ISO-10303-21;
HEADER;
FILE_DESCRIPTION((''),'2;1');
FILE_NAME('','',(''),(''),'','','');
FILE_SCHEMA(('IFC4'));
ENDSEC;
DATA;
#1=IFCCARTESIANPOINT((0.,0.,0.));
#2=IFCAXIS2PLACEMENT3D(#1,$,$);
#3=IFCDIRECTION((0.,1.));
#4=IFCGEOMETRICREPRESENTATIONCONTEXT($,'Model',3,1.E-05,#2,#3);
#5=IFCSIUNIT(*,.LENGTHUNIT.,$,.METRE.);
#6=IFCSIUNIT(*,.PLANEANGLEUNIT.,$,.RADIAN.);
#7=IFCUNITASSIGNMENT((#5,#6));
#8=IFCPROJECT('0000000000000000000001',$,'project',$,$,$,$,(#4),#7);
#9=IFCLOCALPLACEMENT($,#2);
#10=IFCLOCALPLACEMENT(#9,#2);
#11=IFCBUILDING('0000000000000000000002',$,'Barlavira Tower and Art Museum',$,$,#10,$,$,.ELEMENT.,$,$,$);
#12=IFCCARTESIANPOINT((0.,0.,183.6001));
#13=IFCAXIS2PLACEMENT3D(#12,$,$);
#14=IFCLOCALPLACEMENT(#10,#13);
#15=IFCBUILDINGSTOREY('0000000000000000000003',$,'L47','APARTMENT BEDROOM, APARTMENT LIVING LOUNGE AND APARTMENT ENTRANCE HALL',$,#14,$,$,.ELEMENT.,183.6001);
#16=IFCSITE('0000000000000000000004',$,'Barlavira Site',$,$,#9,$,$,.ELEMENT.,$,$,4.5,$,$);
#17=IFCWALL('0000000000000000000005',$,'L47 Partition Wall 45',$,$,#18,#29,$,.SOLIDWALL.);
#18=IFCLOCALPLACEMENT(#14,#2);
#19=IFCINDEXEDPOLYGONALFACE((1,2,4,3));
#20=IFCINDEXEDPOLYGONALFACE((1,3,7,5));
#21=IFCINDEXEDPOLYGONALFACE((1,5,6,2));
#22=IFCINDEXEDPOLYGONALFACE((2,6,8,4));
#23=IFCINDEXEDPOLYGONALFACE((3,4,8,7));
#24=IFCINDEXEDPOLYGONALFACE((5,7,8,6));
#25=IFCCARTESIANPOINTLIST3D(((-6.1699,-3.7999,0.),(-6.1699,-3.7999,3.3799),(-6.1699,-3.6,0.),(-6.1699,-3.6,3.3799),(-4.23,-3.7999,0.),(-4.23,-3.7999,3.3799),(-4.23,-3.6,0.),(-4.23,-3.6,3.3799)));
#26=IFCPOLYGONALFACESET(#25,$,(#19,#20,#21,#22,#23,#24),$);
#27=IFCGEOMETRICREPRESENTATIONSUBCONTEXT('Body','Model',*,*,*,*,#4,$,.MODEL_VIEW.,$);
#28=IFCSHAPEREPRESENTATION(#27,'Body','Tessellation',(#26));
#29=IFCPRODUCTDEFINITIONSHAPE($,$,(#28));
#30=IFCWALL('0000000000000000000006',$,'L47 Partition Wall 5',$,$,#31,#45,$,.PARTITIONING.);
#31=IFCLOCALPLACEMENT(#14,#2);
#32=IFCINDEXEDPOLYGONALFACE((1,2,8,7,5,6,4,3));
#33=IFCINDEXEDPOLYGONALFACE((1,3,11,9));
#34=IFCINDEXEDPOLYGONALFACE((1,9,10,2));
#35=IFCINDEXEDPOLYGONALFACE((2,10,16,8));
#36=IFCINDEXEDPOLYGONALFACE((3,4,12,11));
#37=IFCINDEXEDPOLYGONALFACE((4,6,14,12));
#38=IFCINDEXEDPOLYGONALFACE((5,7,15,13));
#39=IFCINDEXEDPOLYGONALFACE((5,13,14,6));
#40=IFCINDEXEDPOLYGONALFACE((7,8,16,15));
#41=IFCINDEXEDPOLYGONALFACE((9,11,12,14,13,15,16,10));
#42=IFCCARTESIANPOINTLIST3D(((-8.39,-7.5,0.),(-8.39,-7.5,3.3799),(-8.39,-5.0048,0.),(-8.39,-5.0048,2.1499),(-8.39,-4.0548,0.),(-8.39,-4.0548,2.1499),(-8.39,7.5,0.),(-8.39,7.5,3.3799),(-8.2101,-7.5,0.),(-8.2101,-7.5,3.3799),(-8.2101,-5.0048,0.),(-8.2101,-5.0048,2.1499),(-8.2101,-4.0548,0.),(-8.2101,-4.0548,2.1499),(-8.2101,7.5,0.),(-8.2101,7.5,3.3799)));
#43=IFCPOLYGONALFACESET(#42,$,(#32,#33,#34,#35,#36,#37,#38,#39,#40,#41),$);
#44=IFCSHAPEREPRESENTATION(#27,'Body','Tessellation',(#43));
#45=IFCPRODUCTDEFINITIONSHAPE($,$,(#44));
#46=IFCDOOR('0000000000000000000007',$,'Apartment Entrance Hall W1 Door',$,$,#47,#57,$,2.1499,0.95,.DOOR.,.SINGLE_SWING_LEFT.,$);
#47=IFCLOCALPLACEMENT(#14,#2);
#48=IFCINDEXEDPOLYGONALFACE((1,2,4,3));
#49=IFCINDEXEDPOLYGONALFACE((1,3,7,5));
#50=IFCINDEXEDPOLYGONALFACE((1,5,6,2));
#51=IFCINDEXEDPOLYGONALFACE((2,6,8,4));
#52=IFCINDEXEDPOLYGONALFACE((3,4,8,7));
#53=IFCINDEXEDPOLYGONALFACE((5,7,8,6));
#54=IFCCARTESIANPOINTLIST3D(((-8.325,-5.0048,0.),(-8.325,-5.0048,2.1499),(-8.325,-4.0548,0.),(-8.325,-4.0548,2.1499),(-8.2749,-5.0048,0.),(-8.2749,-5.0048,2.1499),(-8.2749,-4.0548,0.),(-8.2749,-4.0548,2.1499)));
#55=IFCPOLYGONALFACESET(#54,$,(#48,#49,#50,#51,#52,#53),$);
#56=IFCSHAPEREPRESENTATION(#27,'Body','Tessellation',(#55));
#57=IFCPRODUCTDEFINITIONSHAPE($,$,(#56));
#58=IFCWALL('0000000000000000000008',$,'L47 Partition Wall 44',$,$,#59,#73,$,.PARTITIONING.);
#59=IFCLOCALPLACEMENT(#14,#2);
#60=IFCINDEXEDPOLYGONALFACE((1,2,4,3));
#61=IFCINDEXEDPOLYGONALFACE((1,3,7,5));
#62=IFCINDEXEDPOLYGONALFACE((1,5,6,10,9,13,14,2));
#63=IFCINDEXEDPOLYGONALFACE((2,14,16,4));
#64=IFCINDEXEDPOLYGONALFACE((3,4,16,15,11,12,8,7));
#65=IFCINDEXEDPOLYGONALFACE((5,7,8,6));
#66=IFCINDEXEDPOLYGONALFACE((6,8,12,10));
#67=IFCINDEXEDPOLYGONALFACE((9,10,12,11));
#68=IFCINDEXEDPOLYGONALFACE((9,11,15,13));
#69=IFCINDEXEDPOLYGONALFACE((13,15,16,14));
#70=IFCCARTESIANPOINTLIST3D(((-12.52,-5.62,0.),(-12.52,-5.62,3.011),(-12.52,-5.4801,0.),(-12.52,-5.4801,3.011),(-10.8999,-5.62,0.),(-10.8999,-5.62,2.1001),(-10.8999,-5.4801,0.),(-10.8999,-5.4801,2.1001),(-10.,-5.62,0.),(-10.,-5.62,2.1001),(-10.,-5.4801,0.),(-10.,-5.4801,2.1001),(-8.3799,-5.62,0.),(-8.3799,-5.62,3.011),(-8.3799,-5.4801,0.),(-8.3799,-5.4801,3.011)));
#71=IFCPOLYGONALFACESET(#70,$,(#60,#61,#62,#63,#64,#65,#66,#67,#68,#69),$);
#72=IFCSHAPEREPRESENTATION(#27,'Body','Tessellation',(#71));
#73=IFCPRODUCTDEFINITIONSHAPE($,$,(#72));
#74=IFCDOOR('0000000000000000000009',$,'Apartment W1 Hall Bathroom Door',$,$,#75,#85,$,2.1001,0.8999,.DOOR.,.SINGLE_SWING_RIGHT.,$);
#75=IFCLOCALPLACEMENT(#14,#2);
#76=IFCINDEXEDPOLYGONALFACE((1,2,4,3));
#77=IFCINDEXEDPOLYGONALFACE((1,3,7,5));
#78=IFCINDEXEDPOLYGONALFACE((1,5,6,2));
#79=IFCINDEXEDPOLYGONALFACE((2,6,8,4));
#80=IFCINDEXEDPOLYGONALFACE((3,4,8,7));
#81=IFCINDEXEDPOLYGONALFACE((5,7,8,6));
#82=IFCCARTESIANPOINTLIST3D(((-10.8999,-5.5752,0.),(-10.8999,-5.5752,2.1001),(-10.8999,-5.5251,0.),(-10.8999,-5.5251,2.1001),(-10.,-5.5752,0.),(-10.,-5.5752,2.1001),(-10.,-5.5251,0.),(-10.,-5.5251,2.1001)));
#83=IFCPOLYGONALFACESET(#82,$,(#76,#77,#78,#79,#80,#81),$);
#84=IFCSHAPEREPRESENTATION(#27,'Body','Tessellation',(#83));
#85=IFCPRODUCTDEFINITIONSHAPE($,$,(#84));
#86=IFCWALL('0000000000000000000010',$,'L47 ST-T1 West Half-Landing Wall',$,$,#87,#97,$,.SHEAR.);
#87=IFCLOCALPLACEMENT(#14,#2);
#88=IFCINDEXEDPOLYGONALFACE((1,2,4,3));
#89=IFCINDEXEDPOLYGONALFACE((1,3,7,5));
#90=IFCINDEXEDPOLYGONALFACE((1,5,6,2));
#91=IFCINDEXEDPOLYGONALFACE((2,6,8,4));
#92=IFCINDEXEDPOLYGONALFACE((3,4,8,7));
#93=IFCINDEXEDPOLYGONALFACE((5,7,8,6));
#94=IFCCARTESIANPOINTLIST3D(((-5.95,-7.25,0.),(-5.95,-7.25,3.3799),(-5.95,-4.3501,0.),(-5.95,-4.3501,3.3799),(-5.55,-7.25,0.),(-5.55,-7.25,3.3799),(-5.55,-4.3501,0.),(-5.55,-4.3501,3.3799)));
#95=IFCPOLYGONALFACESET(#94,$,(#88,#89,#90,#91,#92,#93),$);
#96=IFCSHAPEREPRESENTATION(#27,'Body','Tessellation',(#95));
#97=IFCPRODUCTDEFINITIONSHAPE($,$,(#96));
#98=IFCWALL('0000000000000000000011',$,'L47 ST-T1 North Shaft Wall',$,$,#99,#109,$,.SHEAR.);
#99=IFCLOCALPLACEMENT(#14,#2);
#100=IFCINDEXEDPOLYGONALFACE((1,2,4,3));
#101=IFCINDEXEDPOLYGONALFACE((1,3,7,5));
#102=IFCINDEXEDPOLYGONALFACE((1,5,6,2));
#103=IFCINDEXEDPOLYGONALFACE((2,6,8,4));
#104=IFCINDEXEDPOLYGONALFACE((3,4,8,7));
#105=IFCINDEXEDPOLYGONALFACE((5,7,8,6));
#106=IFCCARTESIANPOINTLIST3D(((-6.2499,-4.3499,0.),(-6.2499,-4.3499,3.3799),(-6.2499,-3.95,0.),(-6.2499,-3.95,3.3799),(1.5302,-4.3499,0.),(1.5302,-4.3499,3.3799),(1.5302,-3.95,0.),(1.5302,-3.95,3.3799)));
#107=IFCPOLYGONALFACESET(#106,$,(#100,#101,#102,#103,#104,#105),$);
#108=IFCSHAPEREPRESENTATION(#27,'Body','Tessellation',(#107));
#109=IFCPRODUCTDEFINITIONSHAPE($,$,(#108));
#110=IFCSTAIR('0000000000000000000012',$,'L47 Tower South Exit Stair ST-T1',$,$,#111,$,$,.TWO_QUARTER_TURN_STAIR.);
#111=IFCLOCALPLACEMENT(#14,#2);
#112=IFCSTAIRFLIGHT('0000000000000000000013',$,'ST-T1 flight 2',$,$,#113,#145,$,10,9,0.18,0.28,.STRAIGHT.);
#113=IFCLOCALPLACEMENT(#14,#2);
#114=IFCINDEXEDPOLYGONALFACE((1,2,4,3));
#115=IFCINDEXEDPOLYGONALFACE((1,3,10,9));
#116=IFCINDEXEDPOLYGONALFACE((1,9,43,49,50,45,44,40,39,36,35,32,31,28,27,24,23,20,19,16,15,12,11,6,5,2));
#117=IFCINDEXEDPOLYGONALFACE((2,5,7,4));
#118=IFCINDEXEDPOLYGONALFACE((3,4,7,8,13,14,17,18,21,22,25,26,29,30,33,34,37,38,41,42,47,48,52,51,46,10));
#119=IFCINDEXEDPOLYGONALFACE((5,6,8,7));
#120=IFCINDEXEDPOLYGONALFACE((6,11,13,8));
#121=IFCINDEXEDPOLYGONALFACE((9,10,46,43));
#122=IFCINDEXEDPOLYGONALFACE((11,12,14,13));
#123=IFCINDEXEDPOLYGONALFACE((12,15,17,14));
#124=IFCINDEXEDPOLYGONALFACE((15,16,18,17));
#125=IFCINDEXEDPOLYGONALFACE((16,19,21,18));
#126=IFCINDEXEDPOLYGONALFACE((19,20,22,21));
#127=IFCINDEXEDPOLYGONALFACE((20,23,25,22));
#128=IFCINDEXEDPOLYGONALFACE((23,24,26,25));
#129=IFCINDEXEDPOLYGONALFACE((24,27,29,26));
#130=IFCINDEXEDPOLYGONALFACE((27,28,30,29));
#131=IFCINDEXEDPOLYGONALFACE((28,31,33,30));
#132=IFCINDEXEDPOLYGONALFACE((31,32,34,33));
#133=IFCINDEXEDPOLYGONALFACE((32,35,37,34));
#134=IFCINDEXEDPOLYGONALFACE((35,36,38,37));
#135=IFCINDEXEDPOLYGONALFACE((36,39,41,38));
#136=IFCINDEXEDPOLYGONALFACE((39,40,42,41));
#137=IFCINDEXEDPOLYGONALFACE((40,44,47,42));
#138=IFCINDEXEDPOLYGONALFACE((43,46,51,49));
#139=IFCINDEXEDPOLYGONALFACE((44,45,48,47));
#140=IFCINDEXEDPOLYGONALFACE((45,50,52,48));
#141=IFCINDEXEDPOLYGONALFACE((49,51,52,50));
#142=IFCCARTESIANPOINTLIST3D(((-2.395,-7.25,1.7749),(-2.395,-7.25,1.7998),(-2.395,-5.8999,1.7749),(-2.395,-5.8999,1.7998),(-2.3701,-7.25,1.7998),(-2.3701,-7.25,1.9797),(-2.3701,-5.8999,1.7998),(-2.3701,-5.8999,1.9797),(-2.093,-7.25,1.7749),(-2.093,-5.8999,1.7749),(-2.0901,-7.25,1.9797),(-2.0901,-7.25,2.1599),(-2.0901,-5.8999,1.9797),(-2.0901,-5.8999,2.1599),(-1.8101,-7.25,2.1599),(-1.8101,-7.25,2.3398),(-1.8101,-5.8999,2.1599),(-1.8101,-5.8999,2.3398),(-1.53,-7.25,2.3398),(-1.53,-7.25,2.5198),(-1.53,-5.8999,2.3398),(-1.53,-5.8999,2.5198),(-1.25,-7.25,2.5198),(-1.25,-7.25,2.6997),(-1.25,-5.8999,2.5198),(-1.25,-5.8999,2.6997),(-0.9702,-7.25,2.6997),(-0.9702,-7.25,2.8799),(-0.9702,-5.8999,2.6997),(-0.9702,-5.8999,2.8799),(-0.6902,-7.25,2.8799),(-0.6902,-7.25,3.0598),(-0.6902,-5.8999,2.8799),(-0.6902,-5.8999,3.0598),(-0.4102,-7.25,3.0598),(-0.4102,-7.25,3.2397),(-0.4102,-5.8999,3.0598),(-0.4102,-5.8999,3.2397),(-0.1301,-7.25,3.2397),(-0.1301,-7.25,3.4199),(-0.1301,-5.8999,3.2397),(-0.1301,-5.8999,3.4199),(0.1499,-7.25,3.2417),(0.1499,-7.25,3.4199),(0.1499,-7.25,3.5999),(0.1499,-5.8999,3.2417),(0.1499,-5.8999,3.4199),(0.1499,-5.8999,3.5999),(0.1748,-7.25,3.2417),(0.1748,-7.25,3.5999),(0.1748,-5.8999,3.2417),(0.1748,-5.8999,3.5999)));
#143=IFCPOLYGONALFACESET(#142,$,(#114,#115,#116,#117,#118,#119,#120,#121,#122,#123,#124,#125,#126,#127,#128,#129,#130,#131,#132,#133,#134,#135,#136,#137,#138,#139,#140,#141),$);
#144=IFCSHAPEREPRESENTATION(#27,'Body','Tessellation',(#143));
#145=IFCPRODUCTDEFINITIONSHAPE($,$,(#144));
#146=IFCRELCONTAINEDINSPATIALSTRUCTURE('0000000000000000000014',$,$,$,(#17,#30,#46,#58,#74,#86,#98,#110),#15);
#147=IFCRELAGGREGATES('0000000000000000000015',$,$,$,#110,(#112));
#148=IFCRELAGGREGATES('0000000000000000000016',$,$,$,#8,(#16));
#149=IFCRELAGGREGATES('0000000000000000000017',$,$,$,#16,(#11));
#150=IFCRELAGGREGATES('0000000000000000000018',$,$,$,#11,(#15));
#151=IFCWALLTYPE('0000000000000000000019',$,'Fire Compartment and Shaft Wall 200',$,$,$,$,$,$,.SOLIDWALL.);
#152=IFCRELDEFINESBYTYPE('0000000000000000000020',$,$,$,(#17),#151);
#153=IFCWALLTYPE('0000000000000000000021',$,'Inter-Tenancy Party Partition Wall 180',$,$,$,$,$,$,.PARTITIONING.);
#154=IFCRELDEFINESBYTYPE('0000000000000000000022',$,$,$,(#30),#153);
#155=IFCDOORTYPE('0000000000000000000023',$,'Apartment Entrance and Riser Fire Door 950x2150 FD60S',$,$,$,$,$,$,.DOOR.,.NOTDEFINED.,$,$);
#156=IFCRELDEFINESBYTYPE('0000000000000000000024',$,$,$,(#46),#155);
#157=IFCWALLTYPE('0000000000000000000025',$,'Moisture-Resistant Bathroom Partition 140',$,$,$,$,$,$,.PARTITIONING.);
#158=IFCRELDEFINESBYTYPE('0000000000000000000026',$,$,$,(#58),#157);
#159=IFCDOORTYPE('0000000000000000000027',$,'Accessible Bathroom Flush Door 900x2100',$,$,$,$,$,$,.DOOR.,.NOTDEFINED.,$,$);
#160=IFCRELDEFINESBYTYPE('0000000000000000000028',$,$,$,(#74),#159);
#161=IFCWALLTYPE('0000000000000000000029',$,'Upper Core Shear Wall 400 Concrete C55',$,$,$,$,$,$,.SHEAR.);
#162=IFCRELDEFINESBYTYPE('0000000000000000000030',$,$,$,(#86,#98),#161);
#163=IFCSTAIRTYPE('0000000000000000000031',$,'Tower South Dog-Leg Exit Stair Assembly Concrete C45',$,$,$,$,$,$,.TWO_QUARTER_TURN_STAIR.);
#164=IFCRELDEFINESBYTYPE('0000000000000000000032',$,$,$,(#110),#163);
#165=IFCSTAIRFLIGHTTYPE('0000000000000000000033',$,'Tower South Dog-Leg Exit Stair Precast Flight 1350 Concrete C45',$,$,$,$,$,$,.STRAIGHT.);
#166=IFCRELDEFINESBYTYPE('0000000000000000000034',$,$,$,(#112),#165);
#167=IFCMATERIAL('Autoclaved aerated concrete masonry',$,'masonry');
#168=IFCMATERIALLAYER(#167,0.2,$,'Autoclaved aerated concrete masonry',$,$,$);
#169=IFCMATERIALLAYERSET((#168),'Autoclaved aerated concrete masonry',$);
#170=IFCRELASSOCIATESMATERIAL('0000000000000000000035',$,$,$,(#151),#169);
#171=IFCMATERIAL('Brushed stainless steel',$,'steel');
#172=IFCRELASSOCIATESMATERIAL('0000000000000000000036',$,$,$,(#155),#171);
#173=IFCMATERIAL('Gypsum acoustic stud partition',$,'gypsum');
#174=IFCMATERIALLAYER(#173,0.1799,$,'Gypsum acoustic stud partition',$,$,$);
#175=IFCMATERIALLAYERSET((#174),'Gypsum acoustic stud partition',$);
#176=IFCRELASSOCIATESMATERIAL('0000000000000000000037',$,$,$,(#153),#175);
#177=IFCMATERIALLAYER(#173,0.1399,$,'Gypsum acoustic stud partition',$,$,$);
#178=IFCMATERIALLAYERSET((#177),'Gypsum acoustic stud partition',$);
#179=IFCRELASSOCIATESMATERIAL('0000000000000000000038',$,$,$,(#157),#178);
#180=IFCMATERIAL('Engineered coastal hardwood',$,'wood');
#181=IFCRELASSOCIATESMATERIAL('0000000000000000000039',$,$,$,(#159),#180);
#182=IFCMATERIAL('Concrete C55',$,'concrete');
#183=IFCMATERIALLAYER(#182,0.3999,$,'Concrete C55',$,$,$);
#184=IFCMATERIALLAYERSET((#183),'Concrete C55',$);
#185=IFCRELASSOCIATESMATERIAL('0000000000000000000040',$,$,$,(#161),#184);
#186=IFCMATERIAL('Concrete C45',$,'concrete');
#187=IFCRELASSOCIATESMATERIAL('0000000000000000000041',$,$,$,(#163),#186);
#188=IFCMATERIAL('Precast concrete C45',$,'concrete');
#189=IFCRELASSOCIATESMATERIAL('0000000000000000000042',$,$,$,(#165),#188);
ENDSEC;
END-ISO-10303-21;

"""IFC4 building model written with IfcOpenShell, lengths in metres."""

from ifc_helpers import new_model, si_unit, direction, frame, frame_2d, origin, place, context, subcontext, project, spatial, polyline, rectangle, outline, extrude, material, layer, layer_set, type_object, element, fill, aggregate, save


model = new_model("IFC4")

# Units and contexts
model_context = context("Model", 3, precision=1e-05, world=origin(), true_north=direction((0.0, 1.0)))
body_context = subcontext(model_context, "Body", "Model", "MODEL_VIEW")
ifc_project = project(units=[si_unit("LENGTHUNIT", "METRE"), si_unit("PLANEANGLEUNIT", "RADIAN")], contexts=[model_context])

# Site, building, storey
site_placement = place(None, origin())
site = spatial("IfcSite", under=ifc_project, at=site_placement, Name="Barlavira Site", CompositionType="ELEMENT", RefElevation=4.5)
building_placement = place(site_placement, origin())
building = spatial("IfcBuilding", under=site, at=building_placement, Name="Barlavira Tower and Art Museum", CompositionType="ELEMENT")
storey_placement = place(building_placement, frame((0.0, 0.0, 183.6001)))
storey = spatial("IfcBuildingStorey", under=building, at=storey_placement, Name="L47", Description="APARTMENT BEDROOM, APARTMENT LIVING LOUNGE AND APARTMENT ENTRANCE HALL", CompositionType="ELEMENT", Elevation=183.6001)

# Shared definitions
ifc_material_1 = material(Name="Gypsum acoustic stud partition", Category="gypsum")
ifc_material_2 = material(Name="Engineered coastal hardwood", Category="wood")

# Shared definitions
ifc_material_3 = material(Name="Autoclaved aerated concrete masonry", Category="masonry")
ifc_layer_1 = layer(ifc_material_3, 0.2, Name="Autoclaved aerated concrete masonry")
ifc_layer_set_1 = layer_set([ifc_layer_1], Name="Autoclaved aerated concrete masonry")
wall_type_1 = type_object("IfcWallType", Name="Fire Compartment and Shaft Wall 200", PredefinedType="SOLIDWALL", material=ifc_layer_set_1)

# Shared definitions
ifc_material_4 = material(Name="Brushed stainless steel", Category="steel")
door_type_1 = type_object("IfcDoorType", Name="Apartment Entrance and Riser Fire Door 950x2150 FD60S", OperationType="NOTDEFINED", PredefinedType="DOOR", material=ifc_material_4)

# Wall
wall_1_placement = place(storey_placement, frame((-6.1699, -3.7, 0.0), z_axis=(0.0, 0.0, 1.0), x_axis=(1.0, 0.0, 0.0)))
element("IfcWall", 1, at=wall_1_placement, inside=storey, type_object=wall_type_1, Name="L47 Partition Wall 45", PredefinedType="SOLIDWALL", context=body_context, shape_type="SweptSolid", body=[
    extrude(rectangle(XDim=1.9399, YDim=0.2, at=frame_2d((0.97, 0.0))), origin(), (0.0, 0.0, 1.0), 3.3799),
])

# Walls, openings, doors
ifc_layer_2 = layer(ifc_material_1, 0.1799, Name="Gypsum acoustic stud partition")
ifc_layer_set_2 = layer_set([ifc_layer_2], Name="Gypsum acoustic stud partition")
wall_type_2 = type_object("IfcWallType", Name="Inter-Tenancy Party Partition Wall 180", PredefinedType="PARTITIONING", material=ifc_layer_set_2)
wall_2_placement = place(storey_placement, frame((-8.3, -7.5, 0.0), z_axis=(0.0, 0.0, 1.0), x_axis=(0.0, 1.0, 0.0)))
wall_2 = element("IfcWall", 2, at=wall_2_placement, inside=storey, type_object=wall_type_2, Name="L47 Partition Wall 5", PredefinedType="PARTITIONING", context=body_context, shape_type="SweptSolid", body=[
    extrude(rectangle(XDim=15.0, YDim=0.1799, at=frame_2d((7.5, 0.0))), origin(), (0.0, 0.0, 1.0), 3.3799),
])
opening_1_placement = place(wall_2_placement, frame((2.4951, 0.0, 0.0)))
opening_1 = element("IfcOpeningElement", 3, at=opening_1_placement, cuts=wall_2, PredefinedType="OPENING", context=body_context, shape_type="SweptSolid", body=[
    extrude(rectangle(XDim=0.95, YDim=2.1499, at=frame_2d((0.4751, 1.075))), frame((0.0, 0.1001, 0.0), z_axis=(0.0, -1.0, 0.0), x_axis=(1.0, 0.0, 0.0)), (0.0, 0.0, 1.0), 0.2),
])
door_1_placement = place(opening_1_placement, origin())
door_1 = element("IfcDoor", 4, at=door_1_placement, inside=storey, type_object=door_type_1, Name="Apartment Entrance Hall W1 Door", OperationType="SINGLE_SWING_LEFT", OverallHeight=2.1499, OverallWidth=0.95, PredefinedType="DOOR", context=body_context, shape_type="SweptSolid", body=[
    extrude(rectangle(XDim=0.95, YDim=2.1499, at=frame_2d((0.4751, 1.075))), frame((0.0, 0.0249, 0.0), z_axis=(0.0, -1.0, 0.0), x_axis=(1.0, 0.0, 0.0)), (0.0, 0.0, 1.0), 0.05),
])
fill(opening_1, door_1)
ifc_layer_3 = layer(ifc_material_1, 0.1399, Name="Gypsum acoustic stud partition")
ifc_layer_set_3 = layer_set([ifc_layer_3], Name="Gypsum acoustic stud partition")
wall_type_3 = type_object("IfcWallType", Name="Moisture-Resistant Bathroom Partition 140", PredefinedType="PARTITIONING", material=ifc_layer_set_3)
wall_3_placement = place(storey_placement, frame((-12.52, -5.55, 0.0), z_axis=(0.0, 0.0, 1.0), x_axis=(1.0, 0.0, 0.0)))
wall_3 = element("IfcWall", 5, at=wall_3_placement, inside=storey, type_object=wall_type_3, Name="L47 Partition Wall 44", PredefinedType="PARTITIONING", context=body_context, shape_type="SweptSolid", body=[
    extrude(rectangle(XDim=4.1401, YDim=0.1399, at=frame_2d((2.0701, 0.0))), origin(), (0.0, 0.0, 1.0), 3.011),
])
opening_2_placement = place(wall_3_placement, frame((1.6201, 0.0, 0.0)))
opening_2 = element("IfcOpeningElement", 6, at=opening_2_placement, cuts=wall_3, PredefinedType="OPENING", context=body_context, shape_type="SweptSolid", body=[
    extrude(rectangle(XDim=0.8999, YDim=2.1001, at=frame_2d((0.45, 1.05))), frame((0.0, 0.0801, 0.0), z_axis=(0.0, -1.0, 0.0), x_axis=(1.0, 0.0, 0.0)), (0.0, 0.0, 1.0), 0.1599),
])
door_type_2 = type_object("IfcDoorType", Name="Accessible Bathroom Flush Door 900x2100", OperationType="NOTDEFINED", PredefinedType="DOOR", material=ifc_material_2)
door_2_placement = place(opening_2_placement, origin())
door_2 = element("IfcDoor", 7, at=door_2_placement, inside=storey, type_object=door_type_2, Name="Apartment W1 Hall Bathroom Door", OperationType="SINGLE_SWING_RIGHT", OverallHeight=2.1001, OverallWidth=0.8999, PredefinedType="DOOR", context=body_context, shape_type="SweptSolid", body=[
    extrude(rectangle(XDim=0.8999, YDim=2.1001, at=frame_2d((0.45, 1.05))), frame((0.0, 0.0249, 0.0), z_axis=(0.0, -1.0, 0.0), x_axis=(1.0, 0.0, 0.0)), (0.0, 0.0, 1.0), 0.05),
])
fill(opening_2, door_2)

# Walls
ifc_material_5 = material(Name="Concrete C55", Category="concrete")
ifc_layer_4 = layer(ifc_material_5, 0.3999, Name="Concrete C55")
ifc_layer_set_4 = layer_set([ifc_layer_4], Name="Concrete C55")
wall_type_4 = type_object("IfcWallType", Name="Upper Core Shear Wall 400 Concrete C55", PredefinedType="SHEAR", material=ifc_layer_set_4)
wall_4_placement = place(storey_placement, frame((-5.75, -7.25, 0.0), z_axis=(0.0, 0.0, 1.0), x_axis=(0.0, 1.0, 0.0)))
element("IfcWall", 8, at=wall_4_placement, inside=storey, type_object=wall_type_4, Name="L47 ST-T1 West Half-Landing Wall", PredefinedType="SHEAR", context=body_context, shape_type="SweptSolid", body=[
    extrude(rectangle(XDim=2.8999, YDim=0.3999, at=frame_2d((1.45, 0.0))), origin(), (0.0, 0.0, 1.0), 3.3799),
])
wall_5_placement = place(storey_placement, frame((-6.25, -4.1499, 0.0), z_axis=(0.0, 0.0, 1.0), x_axis=(1.0, 0.0, 0.0)))
element("IfcWall", 9, at=wall_5_placement, inside=storey, type_object=wall_type_4, Name="L47 ST-T1 North Shaft Wall", PredefinedType="SHEAR", context=body_context, shape_type="SweptSolid", body=[
    extrude(rectangle(XDim=7.78, YDim=0.3999, at=frame_2d((3.8901, 0.0))), origin(), (0.0, 0.0, 1.0), 3.3799),
])

# Stair, stair flight
ifc_material_6 = material(Name="Concrete C45", Category="concrete")
stair_type = type_object("IfcStairType", Name="Tower South Dog-Leg Exit Stair Assembly Concrete C45", PredefinedType="TWO_QUARTER_TURN_STAIR", material=ifc_material_6)
stair_placement = place(storey_placement, origin())
stair = element("IfcStair", 10, at=stair_placement, inside=storey, type_object=stair_type, Name="L47 Tower South Exit Stair ST-T1", PredefinedType="TWO_QUARTER_TURN_STAIR")
ifc_material_7 = material(Name="Precast concrete C45", Category="concrete")
stair_flight_type = type_object("IfcStairFlightType", Name="Tower South Dog-Leg Exit Stair Precast Flight 1350 Concrete C45", PredefinedType="STRAIGHT", material=ifc_material_7)
stair_flight_placement = place(storey_placement, frame((-2.3701, -6.575, 1.7998), z_axis=(0.0, 0.0, 1.0), x_axis=(1.0, 0.0, 0.0)))
stair_flight = element("IfcStairFlight", 11, at=stair_flight_placement, type_object=stair_flight_type, Name="ST-T1 flight 2", NumberOfRisers=10, NumberOfTreads=9, PredefinedType="STRAIGHT", RiserHeight=0.18, TreadLength=0.28, context=body_context, shape_type="SweptSolid", body=[
    extrude(outline(polyline([(-0.0249, 0.0), (0.0, 0.0), (0.0, 0.1799), (0.28, 0.1799), (0.28, 0.3601), (0.5601, 0.3601), (0.5601, 0.54), (0.8401, 0.54), (0.8401, 0.72), (1.1201, 0.72), (1.1201, 0.8999), (1.3999, 0.8999), (1.3999, 1.0801), (1.6799, 1.0801), (1.6799, 1.26), (1.96, 1.26), (1.96, 1.4399), (2.24, 1.4399), (2.24, 1.6201), (2.52, 1.6201), (2.52, 1.8), (2.5449, 1.8), (2.5449, 1.4419), (2.52, 1.4419), (0.2771, -0.0249), (-0.0249, -0.0249), (-0.0249, 0.0)])), frame((0.0, 0.675, 0.0), z_axis=(0.0, -1.0, 0.0), x_axis=(1.0, 0.0, 0.0)), (0.0, 0.0, 1.0), 1.3501),
])
aggregate(stair, [stair_flight])

save(model, "model.ifc")
